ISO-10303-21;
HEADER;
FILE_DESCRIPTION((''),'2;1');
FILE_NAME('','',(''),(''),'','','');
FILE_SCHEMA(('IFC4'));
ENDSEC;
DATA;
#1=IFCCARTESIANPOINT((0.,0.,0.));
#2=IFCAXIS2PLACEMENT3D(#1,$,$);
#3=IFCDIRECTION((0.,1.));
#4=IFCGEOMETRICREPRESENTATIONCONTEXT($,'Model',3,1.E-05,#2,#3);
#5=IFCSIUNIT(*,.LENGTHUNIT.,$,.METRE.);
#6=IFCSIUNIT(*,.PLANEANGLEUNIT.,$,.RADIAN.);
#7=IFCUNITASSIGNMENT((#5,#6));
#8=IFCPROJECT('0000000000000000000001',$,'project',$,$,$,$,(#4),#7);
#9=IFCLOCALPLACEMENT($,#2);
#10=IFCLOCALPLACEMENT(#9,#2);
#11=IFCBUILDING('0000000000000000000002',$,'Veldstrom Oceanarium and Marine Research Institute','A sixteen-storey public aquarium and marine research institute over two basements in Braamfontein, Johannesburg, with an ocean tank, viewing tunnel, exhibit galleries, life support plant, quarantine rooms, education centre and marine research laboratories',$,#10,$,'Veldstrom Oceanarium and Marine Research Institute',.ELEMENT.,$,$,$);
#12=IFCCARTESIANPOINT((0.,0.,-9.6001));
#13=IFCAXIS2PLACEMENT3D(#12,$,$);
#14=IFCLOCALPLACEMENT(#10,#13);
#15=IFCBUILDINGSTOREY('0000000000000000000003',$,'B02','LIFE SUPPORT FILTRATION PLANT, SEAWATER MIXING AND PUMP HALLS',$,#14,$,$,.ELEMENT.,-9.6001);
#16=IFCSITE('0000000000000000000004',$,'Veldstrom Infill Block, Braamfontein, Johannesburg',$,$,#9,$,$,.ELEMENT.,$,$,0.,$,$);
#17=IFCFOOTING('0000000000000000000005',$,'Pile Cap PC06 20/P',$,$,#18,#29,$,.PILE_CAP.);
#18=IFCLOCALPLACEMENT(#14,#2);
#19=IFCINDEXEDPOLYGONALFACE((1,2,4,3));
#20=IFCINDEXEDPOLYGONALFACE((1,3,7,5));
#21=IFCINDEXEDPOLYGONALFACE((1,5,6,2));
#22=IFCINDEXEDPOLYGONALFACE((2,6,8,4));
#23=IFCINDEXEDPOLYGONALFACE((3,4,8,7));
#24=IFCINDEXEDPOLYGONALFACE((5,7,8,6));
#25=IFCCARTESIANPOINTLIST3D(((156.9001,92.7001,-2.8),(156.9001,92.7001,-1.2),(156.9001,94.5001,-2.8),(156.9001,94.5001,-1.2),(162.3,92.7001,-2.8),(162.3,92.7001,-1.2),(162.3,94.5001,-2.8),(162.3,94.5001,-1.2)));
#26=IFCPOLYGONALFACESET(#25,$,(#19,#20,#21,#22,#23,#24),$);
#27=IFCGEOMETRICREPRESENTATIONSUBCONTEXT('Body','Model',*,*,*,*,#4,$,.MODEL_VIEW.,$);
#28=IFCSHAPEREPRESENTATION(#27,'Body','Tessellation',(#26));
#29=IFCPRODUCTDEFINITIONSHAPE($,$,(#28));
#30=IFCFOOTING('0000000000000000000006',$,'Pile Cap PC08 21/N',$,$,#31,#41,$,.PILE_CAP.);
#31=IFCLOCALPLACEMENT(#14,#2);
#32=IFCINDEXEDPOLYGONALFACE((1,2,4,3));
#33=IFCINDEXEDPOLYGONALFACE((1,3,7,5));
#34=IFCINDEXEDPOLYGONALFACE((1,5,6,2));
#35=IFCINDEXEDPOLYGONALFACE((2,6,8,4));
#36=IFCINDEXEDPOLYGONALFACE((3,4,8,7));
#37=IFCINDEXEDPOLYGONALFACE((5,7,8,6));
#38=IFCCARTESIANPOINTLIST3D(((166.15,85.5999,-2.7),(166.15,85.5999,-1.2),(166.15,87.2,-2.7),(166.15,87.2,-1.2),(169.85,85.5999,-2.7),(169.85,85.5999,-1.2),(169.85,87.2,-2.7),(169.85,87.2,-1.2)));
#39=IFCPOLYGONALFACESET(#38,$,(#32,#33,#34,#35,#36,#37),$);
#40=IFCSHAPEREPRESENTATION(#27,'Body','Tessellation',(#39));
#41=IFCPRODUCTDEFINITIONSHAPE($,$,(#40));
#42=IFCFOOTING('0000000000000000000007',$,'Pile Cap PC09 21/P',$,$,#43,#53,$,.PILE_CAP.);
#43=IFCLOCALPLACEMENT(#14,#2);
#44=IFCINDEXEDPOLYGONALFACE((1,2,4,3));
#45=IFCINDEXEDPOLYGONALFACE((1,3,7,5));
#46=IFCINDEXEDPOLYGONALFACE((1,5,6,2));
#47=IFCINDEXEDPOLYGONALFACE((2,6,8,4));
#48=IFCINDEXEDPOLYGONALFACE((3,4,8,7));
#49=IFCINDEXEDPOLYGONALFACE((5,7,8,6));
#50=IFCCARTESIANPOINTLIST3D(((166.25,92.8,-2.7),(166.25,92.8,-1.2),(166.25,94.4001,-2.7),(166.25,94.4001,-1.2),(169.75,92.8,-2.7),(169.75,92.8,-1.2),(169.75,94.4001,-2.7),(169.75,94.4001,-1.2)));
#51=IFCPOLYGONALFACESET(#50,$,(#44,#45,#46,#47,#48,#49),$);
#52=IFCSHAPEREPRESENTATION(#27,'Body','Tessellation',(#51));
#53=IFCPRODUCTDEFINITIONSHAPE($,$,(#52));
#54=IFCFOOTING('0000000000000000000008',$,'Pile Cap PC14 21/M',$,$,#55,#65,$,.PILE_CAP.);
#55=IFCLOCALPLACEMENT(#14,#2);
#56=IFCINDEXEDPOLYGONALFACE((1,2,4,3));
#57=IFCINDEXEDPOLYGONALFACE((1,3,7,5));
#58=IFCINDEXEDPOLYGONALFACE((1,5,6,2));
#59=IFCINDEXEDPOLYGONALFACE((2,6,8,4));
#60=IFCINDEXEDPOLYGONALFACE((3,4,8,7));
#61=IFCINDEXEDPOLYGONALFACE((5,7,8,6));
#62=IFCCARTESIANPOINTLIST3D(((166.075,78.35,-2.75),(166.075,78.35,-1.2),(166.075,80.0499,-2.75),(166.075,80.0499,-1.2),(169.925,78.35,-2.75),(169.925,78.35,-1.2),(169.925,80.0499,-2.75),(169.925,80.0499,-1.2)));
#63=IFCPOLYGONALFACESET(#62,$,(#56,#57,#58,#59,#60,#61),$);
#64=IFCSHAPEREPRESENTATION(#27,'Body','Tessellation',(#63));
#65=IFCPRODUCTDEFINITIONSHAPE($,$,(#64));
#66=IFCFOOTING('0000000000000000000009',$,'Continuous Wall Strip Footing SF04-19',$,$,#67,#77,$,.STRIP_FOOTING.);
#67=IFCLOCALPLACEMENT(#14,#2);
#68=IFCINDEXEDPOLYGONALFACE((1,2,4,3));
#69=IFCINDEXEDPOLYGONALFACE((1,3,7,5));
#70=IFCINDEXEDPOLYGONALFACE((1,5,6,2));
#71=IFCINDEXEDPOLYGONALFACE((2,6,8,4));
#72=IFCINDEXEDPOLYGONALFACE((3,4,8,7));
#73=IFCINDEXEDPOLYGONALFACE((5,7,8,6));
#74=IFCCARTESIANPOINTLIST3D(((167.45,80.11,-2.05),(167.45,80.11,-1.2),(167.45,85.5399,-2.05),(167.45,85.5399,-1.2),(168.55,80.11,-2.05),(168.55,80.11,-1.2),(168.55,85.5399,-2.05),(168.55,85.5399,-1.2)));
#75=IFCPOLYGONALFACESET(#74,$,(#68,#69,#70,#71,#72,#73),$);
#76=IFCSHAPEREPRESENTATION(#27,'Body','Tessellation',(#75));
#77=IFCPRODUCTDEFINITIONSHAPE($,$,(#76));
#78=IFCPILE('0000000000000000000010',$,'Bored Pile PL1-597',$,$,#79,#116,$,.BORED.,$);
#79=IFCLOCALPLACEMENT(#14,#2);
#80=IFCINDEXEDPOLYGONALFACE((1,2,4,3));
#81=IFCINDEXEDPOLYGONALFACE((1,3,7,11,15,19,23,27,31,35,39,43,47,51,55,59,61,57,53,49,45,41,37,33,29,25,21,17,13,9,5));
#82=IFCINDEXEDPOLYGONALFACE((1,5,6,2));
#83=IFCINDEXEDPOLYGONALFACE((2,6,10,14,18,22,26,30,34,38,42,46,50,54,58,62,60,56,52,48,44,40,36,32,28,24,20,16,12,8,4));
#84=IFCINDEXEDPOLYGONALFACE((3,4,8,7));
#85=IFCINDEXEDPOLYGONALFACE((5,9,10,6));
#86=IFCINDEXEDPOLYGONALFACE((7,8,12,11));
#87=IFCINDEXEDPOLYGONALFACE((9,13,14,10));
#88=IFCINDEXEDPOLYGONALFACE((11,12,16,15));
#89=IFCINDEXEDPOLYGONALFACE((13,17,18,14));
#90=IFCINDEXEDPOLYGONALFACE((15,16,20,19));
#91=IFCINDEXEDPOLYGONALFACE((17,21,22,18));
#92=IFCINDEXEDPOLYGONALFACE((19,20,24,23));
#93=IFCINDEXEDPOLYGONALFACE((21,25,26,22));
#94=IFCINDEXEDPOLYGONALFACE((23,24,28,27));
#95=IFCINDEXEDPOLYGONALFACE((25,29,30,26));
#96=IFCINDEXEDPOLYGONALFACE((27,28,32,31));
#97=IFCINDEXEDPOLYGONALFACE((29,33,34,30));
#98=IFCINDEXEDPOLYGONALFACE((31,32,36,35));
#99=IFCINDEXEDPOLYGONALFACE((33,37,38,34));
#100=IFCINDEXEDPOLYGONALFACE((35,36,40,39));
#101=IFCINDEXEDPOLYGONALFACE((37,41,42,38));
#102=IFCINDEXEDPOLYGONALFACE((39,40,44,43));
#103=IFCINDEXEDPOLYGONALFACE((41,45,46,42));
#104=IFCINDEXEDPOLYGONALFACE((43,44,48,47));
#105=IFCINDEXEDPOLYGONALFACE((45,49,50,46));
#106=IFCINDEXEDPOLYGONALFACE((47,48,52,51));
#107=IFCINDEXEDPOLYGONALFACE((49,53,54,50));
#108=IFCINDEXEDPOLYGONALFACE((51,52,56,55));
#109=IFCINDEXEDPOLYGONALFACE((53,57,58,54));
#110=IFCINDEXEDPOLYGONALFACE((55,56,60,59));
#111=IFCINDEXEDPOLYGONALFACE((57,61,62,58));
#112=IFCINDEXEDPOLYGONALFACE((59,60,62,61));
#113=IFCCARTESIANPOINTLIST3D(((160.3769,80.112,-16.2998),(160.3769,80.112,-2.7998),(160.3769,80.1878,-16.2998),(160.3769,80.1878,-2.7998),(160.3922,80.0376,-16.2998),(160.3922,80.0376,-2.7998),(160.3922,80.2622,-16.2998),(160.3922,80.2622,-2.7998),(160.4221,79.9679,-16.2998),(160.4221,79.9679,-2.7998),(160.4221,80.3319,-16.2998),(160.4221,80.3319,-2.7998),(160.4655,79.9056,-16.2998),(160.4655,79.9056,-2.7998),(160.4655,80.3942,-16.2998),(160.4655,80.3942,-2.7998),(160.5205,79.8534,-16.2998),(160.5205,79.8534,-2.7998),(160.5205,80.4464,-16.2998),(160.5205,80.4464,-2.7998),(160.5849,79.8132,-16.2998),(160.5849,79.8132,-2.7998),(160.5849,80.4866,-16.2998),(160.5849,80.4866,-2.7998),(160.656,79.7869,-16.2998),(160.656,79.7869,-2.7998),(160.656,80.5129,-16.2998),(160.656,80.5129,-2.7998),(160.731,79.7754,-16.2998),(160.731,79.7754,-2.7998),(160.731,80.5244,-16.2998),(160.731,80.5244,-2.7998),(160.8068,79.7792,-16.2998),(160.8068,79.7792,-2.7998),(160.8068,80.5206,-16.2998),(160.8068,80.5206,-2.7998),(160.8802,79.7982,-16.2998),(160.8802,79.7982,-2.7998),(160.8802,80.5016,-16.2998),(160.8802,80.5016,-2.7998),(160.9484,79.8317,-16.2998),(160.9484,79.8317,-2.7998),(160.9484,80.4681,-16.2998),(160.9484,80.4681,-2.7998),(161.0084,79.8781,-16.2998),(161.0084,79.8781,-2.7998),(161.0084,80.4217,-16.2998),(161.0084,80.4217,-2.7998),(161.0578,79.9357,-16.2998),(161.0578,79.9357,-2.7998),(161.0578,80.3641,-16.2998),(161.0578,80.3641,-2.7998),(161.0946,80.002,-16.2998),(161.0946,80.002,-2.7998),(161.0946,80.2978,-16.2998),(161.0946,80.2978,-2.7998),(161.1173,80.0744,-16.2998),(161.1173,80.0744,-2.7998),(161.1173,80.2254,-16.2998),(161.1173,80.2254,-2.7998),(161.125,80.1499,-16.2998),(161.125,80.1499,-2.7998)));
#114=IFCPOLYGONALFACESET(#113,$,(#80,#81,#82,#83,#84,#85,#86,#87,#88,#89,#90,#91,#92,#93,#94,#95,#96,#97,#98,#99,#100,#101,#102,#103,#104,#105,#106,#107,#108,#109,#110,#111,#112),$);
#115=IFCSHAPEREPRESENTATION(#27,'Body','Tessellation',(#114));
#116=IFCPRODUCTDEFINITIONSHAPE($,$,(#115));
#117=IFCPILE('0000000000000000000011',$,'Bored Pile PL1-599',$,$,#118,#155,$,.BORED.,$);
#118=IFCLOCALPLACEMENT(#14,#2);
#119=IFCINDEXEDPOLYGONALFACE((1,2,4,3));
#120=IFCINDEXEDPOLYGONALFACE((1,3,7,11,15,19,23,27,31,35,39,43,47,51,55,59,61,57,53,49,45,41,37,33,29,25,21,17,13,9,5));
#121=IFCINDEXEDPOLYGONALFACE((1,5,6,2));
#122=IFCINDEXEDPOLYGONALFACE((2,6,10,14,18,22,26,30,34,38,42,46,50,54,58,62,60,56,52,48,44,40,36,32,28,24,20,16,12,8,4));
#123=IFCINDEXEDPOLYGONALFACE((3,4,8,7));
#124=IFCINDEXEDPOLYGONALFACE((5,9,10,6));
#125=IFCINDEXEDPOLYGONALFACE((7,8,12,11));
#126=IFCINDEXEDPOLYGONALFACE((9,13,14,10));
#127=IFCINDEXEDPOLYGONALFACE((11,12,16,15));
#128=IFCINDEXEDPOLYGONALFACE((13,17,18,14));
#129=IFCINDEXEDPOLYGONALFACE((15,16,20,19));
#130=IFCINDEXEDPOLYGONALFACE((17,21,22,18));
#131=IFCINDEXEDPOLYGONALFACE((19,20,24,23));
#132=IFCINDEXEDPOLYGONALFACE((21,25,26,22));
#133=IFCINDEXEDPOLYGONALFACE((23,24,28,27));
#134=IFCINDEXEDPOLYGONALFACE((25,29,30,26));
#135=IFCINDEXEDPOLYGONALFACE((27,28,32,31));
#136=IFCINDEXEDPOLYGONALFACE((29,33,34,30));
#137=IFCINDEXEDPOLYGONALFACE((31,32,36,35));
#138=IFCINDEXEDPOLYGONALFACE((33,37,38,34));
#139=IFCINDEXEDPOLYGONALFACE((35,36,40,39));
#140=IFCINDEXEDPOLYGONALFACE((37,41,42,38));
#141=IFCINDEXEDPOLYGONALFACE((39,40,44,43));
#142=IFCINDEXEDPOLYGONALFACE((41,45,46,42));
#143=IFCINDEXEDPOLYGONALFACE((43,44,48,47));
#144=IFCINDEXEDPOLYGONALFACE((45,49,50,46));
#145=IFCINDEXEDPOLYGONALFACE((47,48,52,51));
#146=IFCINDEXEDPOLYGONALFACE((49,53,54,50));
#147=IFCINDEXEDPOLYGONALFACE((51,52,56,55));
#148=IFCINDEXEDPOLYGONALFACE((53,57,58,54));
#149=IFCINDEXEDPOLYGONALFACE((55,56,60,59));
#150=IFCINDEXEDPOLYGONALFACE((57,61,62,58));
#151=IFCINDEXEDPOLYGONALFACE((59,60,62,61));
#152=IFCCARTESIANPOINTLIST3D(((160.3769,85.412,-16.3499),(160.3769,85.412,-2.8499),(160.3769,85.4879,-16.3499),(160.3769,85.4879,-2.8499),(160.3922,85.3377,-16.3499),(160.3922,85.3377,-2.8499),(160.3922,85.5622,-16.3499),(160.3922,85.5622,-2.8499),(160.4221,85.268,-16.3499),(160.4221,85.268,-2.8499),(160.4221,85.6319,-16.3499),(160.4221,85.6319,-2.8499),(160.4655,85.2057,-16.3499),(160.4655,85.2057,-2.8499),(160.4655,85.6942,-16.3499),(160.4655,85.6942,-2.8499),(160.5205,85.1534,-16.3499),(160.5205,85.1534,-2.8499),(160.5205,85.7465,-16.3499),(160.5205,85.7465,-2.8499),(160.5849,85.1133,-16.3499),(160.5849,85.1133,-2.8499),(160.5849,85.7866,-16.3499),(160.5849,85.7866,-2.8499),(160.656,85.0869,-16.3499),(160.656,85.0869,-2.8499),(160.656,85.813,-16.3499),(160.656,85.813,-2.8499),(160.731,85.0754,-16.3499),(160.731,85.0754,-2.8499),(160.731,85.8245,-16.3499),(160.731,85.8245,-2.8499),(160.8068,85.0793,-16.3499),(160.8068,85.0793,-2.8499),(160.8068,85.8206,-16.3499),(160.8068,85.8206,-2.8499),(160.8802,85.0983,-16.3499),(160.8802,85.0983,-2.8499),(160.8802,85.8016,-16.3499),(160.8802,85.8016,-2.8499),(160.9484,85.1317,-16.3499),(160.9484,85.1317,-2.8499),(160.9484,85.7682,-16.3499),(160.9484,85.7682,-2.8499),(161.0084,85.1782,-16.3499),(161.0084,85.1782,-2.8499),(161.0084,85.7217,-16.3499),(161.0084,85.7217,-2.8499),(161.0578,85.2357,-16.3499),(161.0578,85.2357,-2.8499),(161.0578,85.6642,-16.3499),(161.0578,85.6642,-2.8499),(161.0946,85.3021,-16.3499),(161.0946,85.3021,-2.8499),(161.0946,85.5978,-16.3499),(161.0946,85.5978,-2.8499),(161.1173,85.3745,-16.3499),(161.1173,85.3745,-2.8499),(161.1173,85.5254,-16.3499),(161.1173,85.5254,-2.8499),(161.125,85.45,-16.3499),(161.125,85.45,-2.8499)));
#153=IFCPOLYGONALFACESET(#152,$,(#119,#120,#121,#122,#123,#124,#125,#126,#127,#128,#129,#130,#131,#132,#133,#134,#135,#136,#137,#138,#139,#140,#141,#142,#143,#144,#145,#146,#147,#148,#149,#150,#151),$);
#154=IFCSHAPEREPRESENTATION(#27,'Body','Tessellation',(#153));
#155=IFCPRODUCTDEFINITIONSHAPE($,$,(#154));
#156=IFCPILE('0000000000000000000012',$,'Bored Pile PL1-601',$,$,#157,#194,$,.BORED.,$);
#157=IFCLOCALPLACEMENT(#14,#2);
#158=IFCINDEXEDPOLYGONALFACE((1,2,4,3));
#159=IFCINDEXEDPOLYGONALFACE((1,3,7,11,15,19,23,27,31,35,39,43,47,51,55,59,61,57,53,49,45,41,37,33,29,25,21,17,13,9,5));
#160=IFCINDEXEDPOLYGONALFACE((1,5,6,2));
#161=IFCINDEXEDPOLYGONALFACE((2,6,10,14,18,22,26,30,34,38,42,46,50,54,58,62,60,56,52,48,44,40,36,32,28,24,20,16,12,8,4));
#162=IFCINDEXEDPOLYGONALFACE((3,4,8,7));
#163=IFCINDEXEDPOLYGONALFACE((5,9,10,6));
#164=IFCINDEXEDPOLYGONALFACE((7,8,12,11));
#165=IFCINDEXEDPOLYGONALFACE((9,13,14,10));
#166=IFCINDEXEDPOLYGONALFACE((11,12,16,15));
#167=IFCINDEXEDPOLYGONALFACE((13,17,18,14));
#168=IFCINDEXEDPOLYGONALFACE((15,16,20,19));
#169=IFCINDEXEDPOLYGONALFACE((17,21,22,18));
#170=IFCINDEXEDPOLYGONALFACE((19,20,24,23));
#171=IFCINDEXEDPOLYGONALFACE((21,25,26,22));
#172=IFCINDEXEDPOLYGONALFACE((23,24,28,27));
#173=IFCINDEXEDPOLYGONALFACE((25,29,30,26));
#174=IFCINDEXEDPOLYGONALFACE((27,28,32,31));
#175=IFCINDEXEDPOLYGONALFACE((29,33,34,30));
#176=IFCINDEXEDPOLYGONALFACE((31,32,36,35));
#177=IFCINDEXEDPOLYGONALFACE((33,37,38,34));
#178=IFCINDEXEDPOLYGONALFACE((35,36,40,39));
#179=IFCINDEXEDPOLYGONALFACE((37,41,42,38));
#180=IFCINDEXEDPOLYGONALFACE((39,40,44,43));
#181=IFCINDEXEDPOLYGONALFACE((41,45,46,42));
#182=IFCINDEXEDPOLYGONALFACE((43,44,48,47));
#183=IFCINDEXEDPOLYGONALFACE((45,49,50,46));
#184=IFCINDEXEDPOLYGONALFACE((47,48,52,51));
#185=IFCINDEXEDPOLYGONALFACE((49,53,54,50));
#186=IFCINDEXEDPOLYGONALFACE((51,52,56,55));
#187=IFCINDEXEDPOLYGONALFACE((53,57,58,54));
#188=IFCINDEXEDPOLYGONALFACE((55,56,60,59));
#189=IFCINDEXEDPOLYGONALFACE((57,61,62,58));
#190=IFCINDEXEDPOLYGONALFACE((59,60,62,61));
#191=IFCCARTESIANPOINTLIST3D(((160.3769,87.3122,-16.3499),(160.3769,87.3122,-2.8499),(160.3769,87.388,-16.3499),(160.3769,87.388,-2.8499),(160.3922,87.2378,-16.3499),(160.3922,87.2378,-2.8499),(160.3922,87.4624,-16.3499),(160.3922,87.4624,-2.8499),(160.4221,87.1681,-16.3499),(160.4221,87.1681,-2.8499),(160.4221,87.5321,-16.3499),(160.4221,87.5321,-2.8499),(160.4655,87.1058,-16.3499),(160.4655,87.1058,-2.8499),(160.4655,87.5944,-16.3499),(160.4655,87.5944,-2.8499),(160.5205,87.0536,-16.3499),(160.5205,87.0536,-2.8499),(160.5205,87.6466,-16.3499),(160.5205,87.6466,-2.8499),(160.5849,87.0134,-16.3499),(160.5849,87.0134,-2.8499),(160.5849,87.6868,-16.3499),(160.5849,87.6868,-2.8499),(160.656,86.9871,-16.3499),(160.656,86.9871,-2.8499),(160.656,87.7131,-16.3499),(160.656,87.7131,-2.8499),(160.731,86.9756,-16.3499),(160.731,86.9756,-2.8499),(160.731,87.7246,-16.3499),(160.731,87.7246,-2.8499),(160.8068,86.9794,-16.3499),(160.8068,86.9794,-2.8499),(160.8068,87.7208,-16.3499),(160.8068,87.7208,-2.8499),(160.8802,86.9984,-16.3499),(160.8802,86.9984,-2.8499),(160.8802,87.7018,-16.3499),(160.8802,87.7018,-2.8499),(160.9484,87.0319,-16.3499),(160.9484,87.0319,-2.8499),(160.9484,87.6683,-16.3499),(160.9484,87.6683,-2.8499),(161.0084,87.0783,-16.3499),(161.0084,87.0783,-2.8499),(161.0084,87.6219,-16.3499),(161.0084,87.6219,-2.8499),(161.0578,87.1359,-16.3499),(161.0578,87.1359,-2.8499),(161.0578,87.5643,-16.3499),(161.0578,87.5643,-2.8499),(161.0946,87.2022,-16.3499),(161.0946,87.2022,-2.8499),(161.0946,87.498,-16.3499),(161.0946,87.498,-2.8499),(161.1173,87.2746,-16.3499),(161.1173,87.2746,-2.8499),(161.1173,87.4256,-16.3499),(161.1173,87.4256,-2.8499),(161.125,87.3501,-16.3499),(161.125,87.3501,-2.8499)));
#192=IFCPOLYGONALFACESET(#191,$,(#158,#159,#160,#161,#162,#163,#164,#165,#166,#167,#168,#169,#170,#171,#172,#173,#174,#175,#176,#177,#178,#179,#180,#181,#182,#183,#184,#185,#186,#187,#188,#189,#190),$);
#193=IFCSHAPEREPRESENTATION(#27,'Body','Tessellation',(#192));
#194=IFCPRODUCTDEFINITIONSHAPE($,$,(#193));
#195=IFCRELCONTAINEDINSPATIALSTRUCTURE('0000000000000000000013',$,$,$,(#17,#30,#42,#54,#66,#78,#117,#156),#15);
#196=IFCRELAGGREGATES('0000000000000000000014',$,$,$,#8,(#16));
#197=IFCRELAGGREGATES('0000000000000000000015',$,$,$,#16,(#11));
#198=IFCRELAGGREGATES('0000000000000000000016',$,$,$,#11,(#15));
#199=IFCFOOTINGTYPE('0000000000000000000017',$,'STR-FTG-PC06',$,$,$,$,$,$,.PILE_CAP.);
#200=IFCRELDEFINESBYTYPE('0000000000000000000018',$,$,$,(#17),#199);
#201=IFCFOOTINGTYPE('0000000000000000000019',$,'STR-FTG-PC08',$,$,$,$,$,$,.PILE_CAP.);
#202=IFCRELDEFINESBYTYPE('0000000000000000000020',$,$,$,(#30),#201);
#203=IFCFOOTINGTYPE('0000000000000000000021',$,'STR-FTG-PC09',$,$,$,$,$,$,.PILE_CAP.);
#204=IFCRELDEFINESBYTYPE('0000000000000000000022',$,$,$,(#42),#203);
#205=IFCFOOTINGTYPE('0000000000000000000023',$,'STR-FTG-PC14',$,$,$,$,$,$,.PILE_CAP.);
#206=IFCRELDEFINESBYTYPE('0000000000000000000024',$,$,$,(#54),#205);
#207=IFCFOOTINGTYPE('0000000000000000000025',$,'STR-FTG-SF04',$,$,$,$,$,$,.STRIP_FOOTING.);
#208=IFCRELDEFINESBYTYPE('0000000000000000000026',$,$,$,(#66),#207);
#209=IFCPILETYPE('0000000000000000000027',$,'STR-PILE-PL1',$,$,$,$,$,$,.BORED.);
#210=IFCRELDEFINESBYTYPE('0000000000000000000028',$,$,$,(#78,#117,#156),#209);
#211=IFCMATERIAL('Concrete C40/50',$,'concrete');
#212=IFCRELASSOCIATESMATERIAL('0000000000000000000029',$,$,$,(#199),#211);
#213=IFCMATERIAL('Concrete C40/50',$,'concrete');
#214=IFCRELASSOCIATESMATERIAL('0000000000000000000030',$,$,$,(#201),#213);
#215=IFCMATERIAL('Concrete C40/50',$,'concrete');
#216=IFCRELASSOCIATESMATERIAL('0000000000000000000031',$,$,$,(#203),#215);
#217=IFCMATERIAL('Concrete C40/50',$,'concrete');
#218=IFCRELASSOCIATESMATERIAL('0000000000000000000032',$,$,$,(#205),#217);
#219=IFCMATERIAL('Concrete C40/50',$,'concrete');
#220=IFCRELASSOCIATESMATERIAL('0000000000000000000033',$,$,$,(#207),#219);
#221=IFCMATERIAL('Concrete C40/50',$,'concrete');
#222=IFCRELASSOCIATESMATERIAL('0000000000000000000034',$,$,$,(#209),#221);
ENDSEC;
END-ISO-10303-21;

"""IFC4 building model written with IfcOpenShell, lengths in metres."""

from ifc_helpers import new_model, si_unit, direction, frame, origin, origin_2d, place, context, subcontext, project, spatial, rectangle, circle, extrude, material, material_profile, profile_set, type_object, element, save


model = new_model("IFC4")

# Units and contexts
model_context = context("Model", 3, precision=1e-05, world=origin(), true_north=direction((0.0, 1.0)))
body_context = subcontext(model_context, "Body", "Model", "MODEL_VIEW")
ifc_project = project(units=[si_unit("LENGTHUNIT", "METRE"), si_unit("PLANEANGLEUNIT", "RADIAN")], contexts=[model_context])

# Site, building, storey
site_placement = place(None, origin())
site = spatial("IfcSite", under=ifc_project, at=site_placement, Name="Veldstrom Infill Block, Braamfontein, Johannesburg", CompositionType="ELEMENT", RefElevation=0.0)
building_placement = place(site_placement, origin())
building = spatial("IfcBuilding", under=site, at=building_placement, Name="Veldstrom Oceanarium and Marine Research Institute", Description="A sixteen-storey public aquarium and marine research institute over two basements in Braamfontein, Johannesburg, with an ocean tank, viewing tunnel, exhibit galleries, life support plant, quarantine rooms, education centre and marine research laboratories", LongName="Veldstrom Oceanarium and Marine Research Institute", CompositionType="ELEMENT")
storey_placement = place(building_placement, frame((0.0, 0.0, -9.6001)))
storey = spatial("IfcBuildingStorey", under=building, at=storey_placement, Name="B02", Description="LIFE SUPPORT FILTRATION PLANT, SEAWATER MIXING AND PUMP HALLS", CompositionType="ELEMENT", Elevation=-9.6001)

# Footings
ifc_material_1 = material(Name="Concrete C40/50", Category="concrete")
footing_type_1 = type_object("IfcFootingType", Name="STR-FTG-PC06", PredefinedType="PILE_CAP", material=ifc_material_1)
footing_1_placement = place(storey_placement, frame((159.6001, 93.6001, -2.8), z_axis=(0.0, 0.0, 1.0), x_axis=(1.0, 0.0, 0.0)))
element("IfcFooting", 1, at=footing_1_placement, inside=storey, type_object=footing_type_1, Name="Pile Cap PC06 20/P", PredefinedType="PILE_CAP", context=body_context, shape_type="SweptSolid", body=[
    extrude(rectangle(XDim=5.3999, YDim=1.8, at=origin_2d()), origin(), (0.0, 0.0, 1.0), 1.6001),
])
ifc_material_2 = material(Name="Concrete C40/50", Category="concrete")
footing_type_2 = type_object("IfcFootingType", Name="STR-FTG-PC08", PredefinedType="PILE_CAP", material=ifc_material_2)
footing_2_placement = place(storey_placement, frame((168.0, 86.3999, -2.7), z_axis=(0.0, 0.0, 1.0), x_axis=(1.0, 0.0, 0.0)))
element("IfcFooting", 2, at=footing_2_placement, inside=storey, type_object=footing_type_2, Name="Pile Cap PC08 21/N", PredefinedType="PILE_CAP", context=body_context, shape_type="SweptSolid", body=[
    extrude(rectangle(XDim=3.7, YDim=1.6001, at=origin_2d()), origin(), (0.0, 0.0, 1.0), 1.5),
])
ifc_material_3 = material(Name="Concrete C40/50", Category="concrete")
footing_type_3 = type_object("IfcFootingType", Name="STR-FTG-PC09", PredefinedType="PILE_CAP", material=ifc_material_3)
footing_3_placement = place(storey_placement, frame((168.0, 93.6001, -2.7), z_axis=(0.0, 0.0, 1.0), x_axis=(1.0, 0.0, 0.0)))
element("IfcFooting", 3, at=footing_3_placement, inside=storey, type_object=footing_type_3, Name="Pile Cap PC09 21/P", PredefinedType="PILE_CAP", context=body_context, shape_type="SweptSolid", body=[
    extrude(rectangle(XDim=3.5, YDim=1.6001, at=origin_2d()), origin(), (0.0, 0.0, 1.0), 1.5),
])
ifc_material_4 = material(Name="Concrete C40/50", Category="concrete")
footing_type_4 = type_object("IfcFootingType", Name="STR-FTG-PC14", PredefinedType="PILE_CAP", material=ifc_material_4)
footing_4_placement = place(storey_placement, frame((168.0, 79.2, -2.75), z_axis=(0.0, 0.0, 1.0), x_axis=(1.0, 0.0, 0.0)))
element("IfcFooting", 4, at=footing_4_placement, inside=storey, type_object=footing_type_4, Name="Pile Cap PC14 21/M", PredefinedType="PILE_CAP", context=body_context, shape_type="SweptSolid", body=[
    extrude(rectangle(XDim=3.8501, YDim=1.7, at=origin_2d()), origin(), (0.0, 0.0, 1.0), 1.55),
])
ifc_material_5 = material(Name="Concrete C40/50", Category="concrete")
footing_type_5 = type_object("IfcFootingType", Name="STR-FTG-SF04", PredefinedType="STRIP_FOOTING", material=ifc_material_5)
footing_5_placement = place(storey_placement, frame((168.0, 82.825, -2.05), z_axis=(0.0, 0.0, 1.0), x_axis=(0.0, 1.0, 0.0)))
element("IfcFooting", 5, at=footing_5_placement, inside=storey, type_object=footing_type_5, Name="Continuous Wall Strip Footing SF04-19", PredefinedType="STRIP_FOOTING", context=body_context, shape_type="SweptSolid", body=[
    extrude(rectangle(XDim=5.4299, YDim=1.1001, at=origin_2d()), origin(), (0.0, 0.0, 1.0), 0.8501),
])

# Piles
ifc_material_6 = material(Name="Concrete C40/50", Category="concrete")
ifc_material_profile_1 = material_profile(ifc_material_6, circle(Radius=0.375, at=origin_2d()), Name="PILE-D750")
ifc_profile_set_1 = profile_set([ifc_material_profile_1], Name="Concrete C40/50")
pile_type = type_object("IfcPileType", Name="STR-PILE-PL1", PredefinedType="BORED", material=ifc_profile_set_1)
for number, where, z_axis, x_axis, name in (
    (6, (160.75, 80.1499, -2.7998), (0.0, 0.0, -1.0), (1.0, 0.0, 0.0), "Bored Pile PL1-597"),
    (7, (160.75, 85.45, -2.8499), (0.0, 0.0, -1.0), (1.0, 0.0, 0.0), "Bored Pile PL1-599"),
    (8, (160.75, 87.3501, -2.8499), (0.0, 0.0, -1.0), (1.0, 0.0, 0.0), "Bored Pile PL1-601"),
):
    element("IfcPile", number, at=place(storey_placement, frame(where, z_axis=z_axis, x_axis=x_axis)), inside=storey, type_object=pile_type, Name=name, PredefinedType="BORED", context=body_context, shape_type="SweptSolid", body=[
        extrude(circle(Radius=0.375, at=origin_2d()), origin(), (0.0, 0.0, 1.0), 13.5),
    ])

save(model, "model.ifc")
